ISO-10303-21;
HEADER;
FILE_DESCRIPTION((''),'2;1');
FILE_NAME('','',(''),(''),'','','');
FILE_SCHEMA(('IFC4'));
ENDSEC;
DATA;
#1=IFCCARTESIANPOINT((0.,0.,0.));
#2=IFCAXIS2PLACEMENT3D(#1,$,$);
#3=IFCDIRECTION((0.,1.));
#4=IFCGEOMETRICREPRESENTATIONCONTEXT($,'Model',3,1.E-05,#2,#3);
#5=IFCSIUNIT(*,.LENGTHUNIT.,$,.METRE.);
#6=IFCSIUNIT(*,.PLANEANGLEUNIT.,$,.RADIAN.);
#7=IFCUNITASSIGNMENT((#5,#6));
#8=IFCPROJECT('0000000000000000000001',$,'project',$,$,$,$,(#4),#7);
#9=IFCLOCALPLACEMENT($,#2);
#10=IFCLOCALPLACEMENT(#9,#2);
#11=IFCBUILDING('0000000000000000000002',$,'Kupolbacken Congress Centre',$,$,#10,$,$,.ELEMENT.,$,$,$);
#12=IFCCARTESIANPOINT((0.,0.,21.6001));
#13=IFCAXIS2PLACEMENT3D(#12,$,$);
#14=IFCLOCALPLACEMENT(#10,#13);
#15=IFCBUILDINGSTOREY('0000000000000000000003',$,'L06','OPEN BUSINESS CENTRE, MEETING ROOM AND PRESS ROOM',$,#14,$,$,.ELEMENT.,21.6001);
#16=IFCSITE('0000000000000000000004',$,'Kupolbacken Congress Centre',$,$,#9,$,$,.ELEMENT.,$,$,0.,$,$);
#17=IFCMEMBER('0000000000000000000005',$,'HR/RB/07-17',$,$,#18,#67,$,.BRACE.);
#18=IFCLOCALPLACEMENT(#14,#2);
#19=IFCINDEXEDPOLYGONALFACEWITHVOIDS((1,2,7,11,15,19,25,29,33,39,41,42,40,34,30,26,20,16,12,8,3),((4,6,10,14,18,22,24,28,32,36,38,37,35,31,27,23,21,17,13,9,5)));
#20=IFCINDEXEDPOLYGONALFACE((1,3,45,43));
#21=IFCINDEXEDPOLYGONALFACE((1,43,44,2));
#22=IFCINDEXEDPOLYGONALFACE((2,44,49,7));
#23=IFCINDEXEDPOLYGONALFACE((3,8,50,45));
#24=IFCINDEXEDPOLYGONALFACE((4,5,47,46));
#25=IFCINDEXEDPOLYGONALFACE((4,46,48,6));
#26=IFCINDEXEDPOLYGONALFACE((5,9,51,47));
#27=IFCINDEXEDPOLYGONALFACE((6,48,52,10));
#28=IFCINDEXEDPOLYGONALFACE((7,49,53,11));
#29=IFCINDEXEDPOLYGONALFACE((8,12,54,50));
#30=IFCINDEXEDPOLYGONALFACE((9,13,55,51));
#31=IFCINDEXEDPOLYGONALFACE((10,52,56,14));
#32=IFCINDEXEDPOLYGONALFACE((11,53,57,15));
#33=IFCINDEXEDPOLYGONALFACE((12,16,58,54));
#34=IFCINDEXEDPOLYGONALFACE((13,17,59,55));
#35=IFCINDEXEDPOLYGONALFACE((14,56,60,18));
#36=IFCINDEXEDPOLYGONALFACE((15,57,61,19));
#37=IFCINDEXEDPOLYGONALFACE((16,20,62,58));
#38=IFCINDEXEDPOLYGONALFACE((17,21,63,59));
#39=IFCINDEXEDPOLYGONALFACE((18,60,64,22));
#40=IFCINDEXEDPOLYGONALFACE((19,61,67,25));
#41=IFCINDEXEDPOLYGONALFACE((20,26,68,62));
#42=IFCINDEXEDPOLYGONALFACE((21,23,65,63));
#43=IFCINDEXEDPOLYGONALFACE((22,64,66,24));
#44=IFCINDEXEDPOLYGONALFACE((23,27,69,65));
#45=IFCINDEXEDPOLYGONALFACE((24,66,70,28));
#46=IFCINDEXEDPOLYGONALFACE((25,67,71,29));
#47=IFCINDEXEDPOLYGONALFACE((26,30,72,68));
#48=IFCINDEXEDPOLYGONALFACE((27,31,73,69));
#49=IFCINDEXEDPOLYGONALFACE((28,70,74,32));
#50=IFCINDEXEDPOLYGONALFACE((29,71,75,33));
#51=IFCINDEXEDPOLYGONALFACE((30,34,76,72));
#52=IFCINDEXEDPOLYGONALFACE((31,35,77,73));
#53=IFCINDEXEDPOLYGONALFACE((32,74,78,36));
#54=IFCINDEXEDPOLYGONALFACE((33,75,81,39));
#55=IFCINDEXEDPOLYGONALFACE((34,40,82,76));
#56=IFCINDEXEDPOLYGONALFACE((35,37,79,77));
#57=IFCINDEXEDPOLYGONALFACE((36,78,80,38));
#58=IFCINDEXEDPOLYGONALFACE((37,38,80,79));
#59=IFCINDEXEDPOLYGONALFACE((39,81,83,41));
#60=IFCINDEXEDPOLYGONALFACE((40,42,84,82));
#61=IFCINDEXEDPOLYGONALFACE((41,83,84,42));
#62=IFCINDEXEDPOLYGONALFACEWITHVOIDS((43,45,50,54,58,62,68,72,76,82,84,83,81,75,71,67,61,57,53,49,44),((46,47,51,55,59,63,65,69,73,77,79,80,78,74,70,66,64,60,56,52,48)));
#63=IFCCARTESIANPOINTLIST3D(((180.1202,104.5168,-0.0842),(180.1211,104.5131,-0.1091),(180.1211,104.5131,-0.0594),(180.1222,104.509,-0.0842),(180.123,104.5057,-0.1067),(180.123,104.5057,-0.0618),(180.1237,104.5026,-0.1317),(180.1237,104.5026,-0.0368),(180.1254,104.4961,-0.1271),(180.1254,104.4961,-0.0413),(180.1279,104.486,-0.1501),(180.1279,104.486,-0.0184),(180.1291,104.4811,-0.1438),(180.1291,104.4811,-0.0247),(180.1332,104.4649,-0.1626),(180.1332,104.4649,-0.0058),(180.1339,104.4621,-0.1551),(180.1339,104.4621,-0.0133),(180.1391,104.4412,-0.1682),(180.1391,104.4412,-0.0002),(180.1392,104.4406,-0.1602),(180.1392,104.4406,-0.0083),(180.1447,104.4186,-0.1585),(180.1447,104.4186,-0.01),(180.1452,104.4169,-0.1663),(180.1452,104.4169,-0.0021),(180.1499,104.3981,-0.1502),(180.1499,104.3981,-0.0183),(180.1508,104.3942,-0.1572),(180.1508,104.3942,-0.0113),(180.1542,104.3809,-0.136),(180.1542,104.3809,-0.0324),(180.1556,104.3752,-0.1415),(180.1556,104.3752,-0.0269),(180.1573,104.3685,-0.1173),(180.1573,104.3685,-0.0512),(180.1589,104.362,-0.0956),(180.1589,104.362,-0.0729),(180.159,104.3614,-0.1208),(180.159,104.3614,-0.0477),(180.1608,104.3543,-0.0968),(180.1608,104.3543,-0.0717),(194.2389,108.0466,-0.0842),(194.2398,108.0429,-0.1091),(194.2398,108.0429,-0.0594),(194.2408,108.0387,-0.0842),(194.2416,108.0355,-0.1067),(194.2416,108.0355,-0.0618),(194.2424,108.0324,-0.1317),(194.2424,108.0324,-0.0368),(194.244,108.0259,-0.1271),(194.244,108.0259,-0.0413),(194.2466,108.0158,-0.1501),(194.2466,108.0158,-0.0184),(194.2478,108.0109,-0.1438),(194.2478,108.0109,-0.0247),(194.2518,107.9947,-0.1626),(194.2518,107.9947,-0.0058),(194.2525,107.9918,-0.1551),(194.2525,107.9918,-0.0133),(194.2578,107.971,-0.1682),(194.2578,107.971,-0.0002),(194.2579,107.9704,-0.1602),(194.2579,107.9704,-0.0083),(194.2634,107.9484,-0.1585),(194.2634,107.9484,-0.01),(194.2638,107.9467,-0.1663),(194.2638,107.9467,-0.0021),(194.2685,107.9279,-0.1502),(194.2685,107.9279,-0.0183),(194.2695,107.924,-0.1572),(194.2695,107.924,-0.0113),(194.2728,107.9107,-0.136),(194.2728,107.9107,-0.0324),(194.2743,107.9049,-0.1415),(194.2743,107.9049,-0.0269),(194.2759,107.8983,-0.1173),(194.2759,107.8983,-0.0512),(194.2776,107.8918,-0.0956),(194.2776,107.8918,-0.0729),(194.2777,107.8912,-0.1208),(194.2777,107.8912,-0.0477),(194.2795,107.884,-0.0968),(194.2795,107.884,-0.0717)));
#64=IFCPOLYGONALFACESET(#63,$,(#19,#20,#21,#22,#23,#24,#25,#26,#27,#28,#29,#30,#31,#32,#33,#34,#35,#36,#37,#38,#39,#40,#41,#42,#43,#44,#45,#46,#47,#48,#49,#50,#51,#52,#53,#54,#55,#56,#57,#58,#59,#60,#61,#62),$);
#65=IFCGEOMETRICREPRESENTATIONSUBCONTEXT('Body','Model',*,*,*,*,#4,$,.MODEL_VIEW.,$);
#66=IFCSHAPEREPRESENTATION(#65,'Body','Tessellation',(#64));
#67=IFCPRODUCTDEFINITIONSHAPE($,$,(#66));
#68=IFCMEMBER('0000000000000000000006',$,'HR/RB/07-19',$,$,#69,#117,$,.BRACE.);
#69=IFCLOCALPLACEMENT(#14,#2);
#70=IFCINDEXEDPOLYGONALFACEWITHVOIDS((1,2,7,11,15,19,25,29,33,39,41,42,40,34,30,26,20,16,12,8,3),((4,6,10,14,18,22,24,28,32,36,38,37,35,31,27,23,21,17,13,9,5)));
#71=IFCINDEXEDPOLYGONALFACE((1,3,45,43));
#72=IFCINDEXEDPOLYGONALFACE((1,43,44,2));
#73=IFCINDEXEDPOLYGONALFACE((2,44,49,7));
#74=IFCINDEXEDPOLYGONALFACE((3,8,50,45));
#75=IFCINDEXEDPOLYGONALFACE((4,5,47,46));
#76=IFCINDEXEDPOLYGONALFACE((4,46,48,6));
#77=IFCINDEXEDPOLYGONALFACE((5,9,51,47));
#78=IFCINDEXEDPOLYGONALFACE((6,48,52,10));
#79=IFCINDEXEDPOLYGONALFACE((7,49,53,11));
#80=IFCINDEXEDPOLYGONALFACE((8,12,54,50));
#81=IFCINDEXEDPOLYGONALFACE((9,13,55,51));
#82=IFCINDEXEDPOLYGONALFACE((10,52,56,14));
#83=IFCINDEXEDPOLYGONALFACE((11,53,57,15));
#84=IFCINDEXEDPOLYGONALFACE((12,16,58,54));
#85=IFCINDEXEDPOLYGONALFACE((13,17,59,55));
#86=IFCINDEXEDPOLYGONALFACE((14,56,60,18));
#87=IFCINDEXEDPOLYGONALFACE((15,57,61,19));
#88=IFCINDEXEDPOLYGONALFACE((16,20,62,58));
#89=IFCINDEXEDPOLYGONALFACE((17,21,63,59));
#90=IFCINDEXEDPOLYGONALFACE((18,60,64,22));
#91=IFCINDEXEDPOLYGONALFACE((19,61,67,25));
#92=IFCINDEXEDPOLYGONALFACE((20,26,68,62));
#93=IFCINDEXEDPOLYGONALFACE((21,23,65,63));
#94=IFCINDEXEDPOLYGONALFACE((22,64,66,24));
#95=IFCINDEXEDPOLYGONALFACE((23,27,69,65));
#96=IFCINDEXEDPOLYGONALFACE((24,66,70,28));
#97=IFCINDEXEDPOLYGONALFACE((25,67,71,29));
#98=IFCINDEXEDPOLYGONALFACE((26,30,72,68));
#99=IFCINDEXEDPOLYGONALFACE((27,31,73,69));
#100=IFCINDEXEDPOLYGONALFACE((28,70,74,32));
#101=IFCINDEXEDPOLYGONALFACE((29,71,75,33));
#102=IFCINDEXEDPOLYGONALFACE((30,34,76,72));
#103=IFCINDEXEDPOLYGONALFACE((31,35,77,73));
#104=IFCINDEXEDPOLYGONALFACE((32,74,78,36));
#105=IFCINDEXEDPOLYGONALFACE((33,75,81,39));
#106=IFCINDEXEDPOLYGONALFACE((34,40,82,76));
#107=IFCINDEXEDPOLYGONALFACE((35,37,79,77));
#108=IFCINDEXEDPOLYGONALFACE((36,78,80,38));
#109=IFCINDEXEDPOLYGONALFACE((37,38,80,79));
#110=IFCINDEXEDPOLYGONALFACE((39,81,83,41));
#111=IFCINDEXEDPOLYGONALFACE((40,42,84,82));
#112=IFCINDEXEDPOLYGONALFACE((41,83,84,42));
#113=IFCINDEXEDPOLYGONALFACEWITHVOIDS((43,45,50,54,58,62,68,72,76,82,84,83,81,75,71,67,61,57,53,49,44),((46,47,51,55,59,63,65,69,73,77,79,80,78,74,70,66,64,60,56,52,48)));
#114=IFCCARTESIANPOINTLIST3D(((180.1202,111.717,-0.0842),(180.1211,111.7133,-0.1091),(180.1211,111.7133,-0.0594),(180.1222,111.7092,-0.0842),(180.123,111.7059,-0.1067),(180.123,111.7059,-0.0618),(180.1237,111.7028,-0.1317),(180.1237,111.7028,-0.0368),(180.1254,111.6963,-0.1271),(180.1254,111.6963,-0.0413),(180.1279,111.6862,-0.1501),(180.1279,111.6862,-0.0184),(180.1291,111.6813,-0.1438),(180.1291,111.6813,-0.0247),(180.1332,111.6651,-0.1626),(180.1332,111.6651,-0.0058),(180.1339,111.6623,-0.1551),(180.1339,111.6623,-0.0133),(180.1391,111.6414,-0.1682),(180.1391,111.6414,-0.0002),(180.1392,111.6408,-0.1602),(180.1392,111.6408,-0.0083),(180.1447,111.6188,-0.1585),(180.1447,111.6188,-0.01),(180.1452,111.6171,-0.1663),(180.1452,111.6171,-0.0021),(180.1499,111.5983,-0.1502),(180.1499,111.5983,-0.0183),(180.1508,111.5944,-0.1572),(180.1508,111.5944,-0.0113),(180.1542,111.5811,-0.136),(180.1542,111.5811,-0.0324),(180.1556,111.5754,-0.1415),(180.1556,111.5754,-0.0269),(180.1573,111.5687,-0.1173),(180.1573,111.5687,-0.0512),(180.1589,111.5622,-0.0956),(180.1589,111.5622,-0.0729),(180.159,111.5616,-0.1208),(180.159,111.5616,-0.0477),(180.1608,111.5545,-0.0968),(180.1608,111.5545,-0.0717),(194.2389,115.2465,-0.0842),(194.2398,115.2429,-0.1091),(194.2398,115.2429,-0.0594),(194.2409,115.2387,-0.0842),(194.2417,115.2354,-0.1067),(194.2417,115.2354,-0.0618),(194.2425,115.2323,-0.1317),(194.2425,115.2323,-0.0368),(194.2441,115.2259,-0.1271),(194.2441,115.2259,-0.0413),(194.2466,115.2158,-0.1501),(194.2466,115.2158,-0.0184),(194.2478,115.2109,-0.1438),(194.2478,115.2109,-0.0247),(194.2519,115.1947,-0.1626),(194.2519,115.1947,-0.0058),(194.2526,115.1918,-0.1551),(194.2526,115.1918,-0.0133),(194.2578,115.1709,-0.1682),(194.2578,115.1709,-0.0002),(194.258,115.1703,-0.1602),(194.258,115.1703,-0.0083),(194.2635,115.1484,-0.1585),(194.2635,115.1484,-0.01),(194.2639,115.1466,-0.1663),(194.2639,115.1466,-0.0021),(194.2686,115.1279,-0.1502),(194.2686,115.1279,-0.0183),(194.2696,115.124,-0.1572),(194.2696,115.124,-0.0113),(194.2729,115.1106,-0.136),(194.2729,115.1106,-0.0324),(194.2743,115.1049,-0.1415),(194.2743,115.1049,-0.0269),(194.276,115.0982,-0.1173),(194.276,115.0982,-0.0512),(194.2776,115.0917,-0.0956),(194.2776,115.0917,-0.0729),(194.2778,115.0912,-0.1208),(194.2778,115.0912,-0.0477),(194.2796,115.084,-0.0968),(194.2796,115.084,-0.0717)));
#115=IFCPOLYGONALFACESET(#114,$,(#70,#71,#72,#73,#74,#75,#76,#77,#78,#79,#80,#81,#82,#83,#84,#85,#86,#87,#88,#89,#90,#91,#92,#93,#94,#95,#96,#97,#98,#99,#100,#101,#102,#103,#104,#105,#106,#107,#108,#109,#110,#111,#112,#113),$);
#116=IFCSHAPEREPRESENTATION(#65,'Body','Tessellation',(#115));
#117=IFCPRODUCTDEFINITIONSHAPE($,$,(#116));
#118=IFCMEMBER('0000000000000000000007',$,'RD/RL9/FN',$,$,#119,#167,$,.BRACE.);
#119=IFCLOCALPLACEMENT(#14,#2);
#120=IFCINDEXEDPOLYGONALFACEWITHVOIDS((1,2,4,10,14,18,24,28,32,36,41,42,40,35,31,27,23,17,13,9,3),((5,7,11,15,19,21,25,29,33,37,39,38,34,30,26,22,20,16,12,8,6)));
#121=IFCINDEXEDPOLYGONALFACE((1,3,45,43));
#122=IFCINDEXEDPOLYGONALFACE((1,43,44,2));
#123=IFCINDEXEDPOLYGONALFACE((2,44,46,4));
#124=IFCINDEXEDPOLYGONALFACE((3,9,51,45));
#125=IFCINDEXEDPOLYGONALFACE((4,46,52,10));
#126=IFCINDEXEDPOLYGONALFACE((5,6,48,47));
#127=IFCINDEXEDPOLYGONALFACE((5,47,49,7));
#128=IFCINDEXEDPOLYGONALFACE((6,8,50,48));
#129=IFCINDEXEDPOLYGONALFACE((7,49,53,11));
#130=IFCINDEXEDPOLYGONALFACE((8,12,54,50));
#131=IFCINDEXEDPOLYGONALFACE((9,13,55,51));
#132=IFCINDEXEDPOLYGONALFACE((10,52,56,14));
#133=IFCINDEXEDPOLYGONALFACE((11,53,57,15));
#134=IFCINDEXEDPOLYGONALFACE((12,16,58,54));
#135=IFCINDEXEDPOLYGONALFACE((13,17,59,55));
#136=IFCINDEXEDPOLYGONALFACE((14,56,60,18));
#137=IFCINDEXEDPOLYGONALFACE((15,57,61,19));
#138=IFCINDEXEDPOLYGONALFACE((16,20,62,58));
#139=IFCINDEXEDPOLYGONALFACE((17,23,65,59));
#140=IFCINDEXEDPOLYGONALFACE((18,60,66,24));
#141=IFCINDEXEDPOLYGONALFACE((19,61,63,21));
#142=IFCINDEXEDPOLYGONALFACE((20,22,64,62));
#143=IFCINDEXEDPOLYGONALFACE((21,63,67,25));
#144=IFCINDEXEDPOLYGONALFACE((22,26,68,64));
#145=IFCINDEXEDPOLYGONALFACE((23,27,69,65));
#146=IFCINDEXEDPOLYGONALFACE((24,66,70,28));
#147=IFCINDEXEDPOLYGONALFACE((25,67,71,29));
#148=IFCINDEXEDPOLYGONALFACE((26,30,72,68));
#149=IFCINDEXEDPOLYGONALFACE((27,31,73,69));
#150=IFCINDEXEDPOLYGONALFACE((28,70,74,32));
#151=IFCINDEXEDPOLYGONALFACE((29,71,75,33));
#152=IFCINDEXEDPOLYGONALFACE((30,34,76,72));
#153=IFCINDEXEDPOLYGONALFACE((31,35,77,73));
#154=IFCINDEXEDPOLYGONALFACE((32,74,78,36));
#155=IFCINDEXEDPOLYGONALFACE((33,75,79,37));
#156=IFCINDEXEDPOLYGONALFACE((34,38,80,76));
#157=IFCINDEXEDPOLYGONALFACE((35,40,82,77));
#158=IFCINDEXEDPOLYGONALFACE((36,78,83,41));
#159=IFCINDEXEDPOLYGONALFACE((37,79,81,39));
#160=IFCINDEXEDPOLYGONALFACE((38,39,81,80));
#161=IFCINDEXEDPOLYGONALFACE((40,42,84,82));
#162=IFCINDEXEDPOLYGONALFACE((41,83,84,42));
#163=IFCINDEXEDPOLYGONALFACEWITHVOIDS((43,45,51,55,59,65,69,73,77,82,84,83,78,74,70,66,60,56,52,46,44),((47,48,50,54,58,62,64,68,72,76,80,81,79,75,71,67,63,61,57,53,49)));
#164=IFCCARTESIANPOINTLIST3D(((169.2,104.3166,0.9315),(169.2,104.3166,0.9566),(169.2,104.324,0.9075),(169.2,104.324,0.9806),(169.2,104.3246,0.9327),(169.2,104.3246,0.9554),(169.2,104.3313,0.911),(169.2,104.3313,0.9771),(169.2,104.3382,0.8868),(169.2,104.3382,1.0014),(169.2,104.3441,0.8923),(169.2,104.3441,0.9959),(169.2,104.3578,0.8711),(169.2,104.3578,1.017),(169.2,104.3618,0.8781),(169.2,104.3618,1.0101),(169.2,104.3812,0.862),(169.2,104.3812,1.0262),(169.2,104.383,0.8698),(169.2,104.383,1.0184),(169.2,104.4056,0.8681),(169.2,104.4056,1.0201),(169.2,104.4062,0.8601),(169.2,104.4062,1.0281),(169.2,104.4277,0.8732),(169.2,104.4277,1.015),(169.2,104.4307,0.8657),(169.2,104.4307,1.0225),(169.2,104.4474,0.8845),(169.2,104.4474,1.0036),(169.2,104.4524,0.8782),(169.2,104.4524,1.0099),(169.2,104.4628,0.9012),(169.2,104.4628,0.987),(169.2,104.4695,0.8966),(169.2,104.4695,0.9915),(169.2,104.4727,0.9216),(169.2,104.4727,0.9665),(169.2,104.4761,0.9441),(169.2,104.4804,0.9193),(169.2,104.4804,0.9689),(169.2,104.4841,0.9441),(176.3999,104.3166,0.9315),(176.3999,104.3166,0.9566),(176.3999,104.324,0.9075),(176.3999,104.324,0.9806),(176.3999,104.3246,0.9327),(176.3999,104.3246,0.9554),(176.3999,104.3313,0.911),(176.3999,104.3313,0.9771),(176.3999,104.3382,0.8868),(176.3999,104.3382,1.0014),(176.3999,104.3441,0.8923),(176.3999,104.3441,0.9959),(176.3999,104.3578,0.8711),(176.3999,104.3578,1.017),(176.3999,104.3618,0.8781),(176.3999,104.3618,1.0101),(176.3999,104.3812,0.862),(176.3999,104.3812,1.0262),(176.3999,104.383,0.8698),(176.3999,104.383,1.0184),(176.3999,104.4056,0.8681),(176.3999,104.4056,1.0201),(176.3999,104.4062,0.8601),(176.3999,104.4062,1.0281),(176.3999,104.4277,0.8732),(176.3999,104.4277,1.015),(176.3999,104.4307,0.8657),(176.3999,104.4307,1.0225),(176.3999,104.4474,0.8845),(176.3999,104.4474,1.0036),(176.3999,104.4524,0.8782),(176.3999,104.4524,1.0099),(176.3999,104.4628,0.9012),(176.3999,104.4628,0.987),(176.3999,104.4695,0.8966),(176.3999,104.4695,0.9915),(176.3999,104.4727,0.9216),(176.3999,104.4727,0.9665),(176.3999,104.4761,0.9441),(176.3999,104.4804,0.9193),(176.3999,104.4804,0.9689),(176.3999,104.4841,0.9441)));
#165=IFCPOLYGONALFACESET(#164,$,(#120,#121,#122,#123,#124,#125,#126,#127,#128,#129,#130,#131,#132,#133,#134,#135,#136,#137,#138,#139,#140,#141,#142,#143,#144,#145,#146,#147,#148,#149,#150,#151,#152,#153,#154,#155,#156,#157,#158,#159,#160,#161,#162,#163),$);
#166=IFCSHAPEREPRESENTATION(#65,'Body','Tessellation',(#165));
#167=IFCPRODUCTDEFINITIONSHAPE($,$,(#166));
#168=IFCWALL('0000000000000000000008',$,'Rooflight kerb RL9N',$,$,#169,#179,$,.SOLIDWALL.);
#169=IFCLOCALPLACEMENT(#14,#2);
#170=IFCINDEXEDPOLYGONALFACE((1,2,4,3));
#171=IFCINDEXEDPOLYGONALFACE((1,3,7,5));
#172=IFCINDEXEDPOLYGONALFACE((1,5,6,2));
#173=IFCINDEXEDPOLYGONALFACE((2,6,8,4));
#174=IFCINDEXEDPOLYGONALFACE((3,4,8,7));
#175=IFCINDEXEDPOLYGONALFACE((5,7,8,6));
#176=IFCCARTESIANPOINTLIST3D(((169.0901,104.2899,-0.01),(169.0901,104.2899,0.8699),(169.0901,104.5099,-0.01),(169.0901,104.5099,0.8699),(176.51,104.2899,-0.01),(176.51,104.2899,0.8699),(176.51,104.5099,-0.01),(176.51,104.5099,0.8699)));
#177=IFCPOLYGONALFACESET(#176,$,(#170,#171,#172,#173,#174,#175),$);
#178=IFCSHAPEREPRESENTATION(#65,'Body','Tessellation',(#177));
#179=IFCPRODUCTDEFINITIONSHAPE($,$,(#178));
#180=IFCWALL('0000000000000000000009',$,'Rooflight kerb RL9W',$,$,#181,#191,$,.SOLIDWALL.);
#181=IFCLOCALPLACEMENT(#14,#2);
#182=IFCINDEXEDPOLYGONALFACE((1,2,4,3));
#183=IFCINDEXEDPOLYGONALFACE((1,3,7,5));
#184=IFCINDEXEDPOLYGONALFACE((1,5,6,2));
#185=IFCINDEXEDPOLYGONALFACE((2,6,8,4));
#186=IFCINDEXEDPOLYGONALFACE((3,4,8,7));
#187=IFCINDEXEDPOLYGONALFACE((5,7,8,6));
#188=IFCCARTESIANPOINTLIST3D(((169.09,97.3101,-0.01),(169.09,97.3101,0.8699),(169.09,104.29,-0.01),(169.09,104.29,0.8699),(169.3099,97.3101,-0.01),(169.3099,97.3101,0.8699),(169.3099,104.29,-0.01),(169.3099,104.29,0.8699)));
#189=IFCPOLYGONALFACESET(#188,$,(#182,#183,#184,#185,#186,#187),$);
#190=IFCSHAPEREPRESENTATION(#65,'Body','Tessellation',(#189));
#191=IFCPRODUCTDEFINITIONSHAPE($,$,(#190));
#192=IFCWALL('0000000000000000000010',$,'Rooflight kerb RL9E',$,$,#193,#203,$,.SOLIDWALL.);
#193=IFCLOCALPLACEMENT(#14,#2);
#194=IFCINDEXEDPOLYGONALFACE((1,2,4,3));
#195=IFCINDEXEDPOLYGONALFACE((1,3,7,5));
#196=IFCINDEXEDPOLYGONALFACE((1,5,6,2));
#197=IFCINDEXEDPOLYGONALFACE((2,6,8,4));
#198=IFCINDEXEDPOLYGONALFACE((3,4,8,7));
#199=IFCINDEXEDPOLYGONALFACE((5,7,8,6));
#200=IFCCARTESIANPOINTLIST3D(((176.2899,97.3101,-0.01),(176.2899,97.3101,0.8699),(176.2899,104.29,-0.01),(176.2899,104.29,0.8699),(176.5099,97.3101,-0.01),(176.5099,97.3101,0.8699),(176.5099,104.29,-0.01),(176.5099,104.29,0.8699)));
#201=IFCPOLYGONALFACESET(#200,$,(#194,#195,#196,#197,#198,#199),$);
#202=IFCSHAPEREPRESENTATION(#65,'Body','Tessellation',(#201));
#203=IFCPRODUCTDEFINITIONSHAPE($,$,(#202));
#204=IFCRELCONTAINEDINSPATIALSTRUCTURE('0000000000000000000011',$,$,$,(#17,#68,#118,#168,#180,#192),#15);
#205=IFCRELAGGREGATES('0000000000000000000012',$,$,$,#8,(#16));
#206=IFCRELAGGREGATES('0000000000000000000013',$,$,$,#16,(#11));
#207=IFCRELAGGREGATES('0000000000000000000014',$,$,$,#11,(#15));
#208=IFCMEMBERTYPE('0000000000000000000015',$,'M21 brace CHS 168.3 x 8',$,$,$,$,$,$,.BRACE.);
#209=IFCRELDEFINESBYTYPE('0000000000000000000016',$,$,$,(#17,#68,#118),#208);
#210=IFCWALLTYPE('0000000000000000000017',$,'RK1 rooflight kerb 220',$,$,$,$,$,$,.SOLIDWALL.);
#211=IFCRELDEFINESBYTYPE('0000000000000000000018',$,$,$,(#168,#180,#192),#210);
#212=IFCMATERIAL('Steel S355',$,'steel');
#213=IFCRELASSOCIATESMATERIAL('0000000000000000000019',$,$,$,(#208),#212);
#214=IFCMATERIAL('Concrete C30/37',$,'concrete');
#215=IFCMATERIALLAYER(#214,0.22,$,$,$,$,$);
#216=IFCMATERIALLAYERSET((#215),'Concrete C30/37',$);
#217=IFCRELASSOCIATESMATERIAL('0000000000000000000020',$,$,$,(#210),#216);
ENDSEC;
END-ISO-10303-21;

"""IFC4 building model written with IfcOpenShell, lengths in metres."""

from ifc_helpers import new_model, si_unit, direction, frame, frame_2d, origin, origin_2d, place, context, subcontext, project, spatial, rectangle, hollow_circle, extrude, material, layer, layer_set, material_profile, profile_set, type_object, element, save


model = new_model("IFC4")

# Units and contexts
model_context = context("Model", 3, precision=1e-05, world=origin(), true_north=direction((0.0, 1.0)))
body_context = subcontext(model_context, "Body", "Model", "MODEL_VIEW")
ifc_project = project(units=[si_unit("LENGTHUNIT", "METRE"), si_unit("PLANEANGLEUNIT", "RADIAN")], contexts=[model_context])

# Site, building, storey
site_placement = place(None, origin())
site = spatial("IfcSite", under=ifc_project, at=site_placement, Name="Kupolbacken Congress Centre", CompositionType="ELEMENT", RefElevation=0.0)
building_placement = place(site_placement, origin())
building = spatial("IfcBuilding", under=site, at=building_placement, Name="Kupolbacken Congress Centre", CompositionType="ELEMENT")
storey_placement = place(building_placement, frame((0.0, 0.0, 21.6001)))
storey = spatial("IfcBuildingStorey", under=building, at=storey_placement, Name="L06", Description="OPEN BUSINESS CENTRE, MEETING ROOM AND PRESS ROOM", CompositionType="ELEMENT", Elevation=21.6001)

# Members
ifc_material_1 = material(Name="Steel S355", Category="steel")
ifc_material_profile_1 = material_profile(ifc_material_1, hollow_circle(Radius=0.0842, WallThickness=0.0081, at=origin_2d()), Name="CHS 168.3 x 8")
ifc_profile_set_1 = profile_set([ifc_material_profile_1], Name="Steel S355")
member_type = type_object("IfcMemberType", Name="M21 brace CHS 168.3 x 8", PredefinedType="BRACE", material=ifc_profile_set_1)
for number, where, z_axis, x_axis, name in (
    (1, (180.1406, 104.4351, -0.0842), (0.970141, 0.242544, 0.0), (-0.242544, 0.970141, 0.0), "HR/RB/07-17"),
    (2, (180.1406, 111.6353, -0.0842), (0.970144, 0.242528, 0.0), (-0.242528, 0.970144, 0.0), "HR/RB/07-19"),
):
    element("IfcMember", number, at=place(storey_placement, frame(where, z_axis=z_axis, x_axis=x_axis)), inside=storey, type_object=member_type, Name=name, PredefinedType="BRACE", context=body_context, shape_type="SweptSolid", body=[
        extrude(hollow_circle(Radius=0.0842, WallThickness=0.0081, at=origin_2d()), origin(), (0.0, 0.0, 1.0), 14.5532),
    ])
member_placement = place(storey_placement, frame((169.2, 104.3999, 0.9441), z_axis=(1.0, 0.0, 0.0), x_axis=(0.0, 1.0, 0.0)))
element("IfcMember", 3, at=member_placement, inside=storey, type_object=member_type, Name="RD/RL9/FN", PredefinedType="BRACE", context=body_context, shape_type="SweptSolid", body=[
    extrude(hollow_circle(Radius=0.0842, WallThickness=0.0081, at=origin_2d()), origin(), (0.0, 0.0, 1.0), 7.2),
])

# Walls
ifc_material_2 = material(Name="Concrete C30/37", Category="concrete")
ifc_layer_1 = layer(ifc_material_2, 0.22)
ifc_layer_set_1 = layer_set([ifc_layer_1], Name="Concrete C30/37")
wall_type = type_object("IfcWallType", Name="RK1 rooflight kerb 220", PredefinedType="SOLIDWALL", material=ifc_layer_set_1)
wall_placement = place(storey_placement, frame((169.0901, 104.3999, -0.01), z_axis=(0.0, 0.0, 1.0), x_axis=(1.0, 0.0, 0.0)))
element("IfcWall", 4, at=wall_placement, inside=storey, type_object=wall_type, Name="Rooflight kerb RL9N", PredefinedType="SOLIDWALL", context=body_context, shape_type="SweptSolid", body=[
    extrude(rectangle(XDim=7.4199, YDim=0.22, at=frame_2d((3.71, 0.0))), origin(), (0.0, 0.0, 1.0), 0.8799),
])
for number, where, z_axis, x_axis, name in (
    (5, (169.2, 97.3101, -0.01), (0.0, 0.0, 1.0), (0.0, 1.0, 0.0), "Rooflight kerb RL9W"),
    (6, (176.3999, 97.3101, -0.01), (0.0, 0.0, 1.0), (0.0, 1.0, 0.0), "Rooflight kerb RL9E"),
):
    element("IfcWall", number, at=place(storey_placement, frame(where, z_axis=z_axis, x_axis=x_axis)), inside=storey, type_object=wall_type, Name=name, PredefinedType="SOLIDWALL", context=body_context, shape_type="SweptSolid", body=[
        extrude(rectangle(XDim=6.98, YDim=0.22, at=frame_2d((3.49, 0.0))), origin(), (0.0, 0.0, 1.0), 0.8799),
    ])

save(model, "model.ifc")
